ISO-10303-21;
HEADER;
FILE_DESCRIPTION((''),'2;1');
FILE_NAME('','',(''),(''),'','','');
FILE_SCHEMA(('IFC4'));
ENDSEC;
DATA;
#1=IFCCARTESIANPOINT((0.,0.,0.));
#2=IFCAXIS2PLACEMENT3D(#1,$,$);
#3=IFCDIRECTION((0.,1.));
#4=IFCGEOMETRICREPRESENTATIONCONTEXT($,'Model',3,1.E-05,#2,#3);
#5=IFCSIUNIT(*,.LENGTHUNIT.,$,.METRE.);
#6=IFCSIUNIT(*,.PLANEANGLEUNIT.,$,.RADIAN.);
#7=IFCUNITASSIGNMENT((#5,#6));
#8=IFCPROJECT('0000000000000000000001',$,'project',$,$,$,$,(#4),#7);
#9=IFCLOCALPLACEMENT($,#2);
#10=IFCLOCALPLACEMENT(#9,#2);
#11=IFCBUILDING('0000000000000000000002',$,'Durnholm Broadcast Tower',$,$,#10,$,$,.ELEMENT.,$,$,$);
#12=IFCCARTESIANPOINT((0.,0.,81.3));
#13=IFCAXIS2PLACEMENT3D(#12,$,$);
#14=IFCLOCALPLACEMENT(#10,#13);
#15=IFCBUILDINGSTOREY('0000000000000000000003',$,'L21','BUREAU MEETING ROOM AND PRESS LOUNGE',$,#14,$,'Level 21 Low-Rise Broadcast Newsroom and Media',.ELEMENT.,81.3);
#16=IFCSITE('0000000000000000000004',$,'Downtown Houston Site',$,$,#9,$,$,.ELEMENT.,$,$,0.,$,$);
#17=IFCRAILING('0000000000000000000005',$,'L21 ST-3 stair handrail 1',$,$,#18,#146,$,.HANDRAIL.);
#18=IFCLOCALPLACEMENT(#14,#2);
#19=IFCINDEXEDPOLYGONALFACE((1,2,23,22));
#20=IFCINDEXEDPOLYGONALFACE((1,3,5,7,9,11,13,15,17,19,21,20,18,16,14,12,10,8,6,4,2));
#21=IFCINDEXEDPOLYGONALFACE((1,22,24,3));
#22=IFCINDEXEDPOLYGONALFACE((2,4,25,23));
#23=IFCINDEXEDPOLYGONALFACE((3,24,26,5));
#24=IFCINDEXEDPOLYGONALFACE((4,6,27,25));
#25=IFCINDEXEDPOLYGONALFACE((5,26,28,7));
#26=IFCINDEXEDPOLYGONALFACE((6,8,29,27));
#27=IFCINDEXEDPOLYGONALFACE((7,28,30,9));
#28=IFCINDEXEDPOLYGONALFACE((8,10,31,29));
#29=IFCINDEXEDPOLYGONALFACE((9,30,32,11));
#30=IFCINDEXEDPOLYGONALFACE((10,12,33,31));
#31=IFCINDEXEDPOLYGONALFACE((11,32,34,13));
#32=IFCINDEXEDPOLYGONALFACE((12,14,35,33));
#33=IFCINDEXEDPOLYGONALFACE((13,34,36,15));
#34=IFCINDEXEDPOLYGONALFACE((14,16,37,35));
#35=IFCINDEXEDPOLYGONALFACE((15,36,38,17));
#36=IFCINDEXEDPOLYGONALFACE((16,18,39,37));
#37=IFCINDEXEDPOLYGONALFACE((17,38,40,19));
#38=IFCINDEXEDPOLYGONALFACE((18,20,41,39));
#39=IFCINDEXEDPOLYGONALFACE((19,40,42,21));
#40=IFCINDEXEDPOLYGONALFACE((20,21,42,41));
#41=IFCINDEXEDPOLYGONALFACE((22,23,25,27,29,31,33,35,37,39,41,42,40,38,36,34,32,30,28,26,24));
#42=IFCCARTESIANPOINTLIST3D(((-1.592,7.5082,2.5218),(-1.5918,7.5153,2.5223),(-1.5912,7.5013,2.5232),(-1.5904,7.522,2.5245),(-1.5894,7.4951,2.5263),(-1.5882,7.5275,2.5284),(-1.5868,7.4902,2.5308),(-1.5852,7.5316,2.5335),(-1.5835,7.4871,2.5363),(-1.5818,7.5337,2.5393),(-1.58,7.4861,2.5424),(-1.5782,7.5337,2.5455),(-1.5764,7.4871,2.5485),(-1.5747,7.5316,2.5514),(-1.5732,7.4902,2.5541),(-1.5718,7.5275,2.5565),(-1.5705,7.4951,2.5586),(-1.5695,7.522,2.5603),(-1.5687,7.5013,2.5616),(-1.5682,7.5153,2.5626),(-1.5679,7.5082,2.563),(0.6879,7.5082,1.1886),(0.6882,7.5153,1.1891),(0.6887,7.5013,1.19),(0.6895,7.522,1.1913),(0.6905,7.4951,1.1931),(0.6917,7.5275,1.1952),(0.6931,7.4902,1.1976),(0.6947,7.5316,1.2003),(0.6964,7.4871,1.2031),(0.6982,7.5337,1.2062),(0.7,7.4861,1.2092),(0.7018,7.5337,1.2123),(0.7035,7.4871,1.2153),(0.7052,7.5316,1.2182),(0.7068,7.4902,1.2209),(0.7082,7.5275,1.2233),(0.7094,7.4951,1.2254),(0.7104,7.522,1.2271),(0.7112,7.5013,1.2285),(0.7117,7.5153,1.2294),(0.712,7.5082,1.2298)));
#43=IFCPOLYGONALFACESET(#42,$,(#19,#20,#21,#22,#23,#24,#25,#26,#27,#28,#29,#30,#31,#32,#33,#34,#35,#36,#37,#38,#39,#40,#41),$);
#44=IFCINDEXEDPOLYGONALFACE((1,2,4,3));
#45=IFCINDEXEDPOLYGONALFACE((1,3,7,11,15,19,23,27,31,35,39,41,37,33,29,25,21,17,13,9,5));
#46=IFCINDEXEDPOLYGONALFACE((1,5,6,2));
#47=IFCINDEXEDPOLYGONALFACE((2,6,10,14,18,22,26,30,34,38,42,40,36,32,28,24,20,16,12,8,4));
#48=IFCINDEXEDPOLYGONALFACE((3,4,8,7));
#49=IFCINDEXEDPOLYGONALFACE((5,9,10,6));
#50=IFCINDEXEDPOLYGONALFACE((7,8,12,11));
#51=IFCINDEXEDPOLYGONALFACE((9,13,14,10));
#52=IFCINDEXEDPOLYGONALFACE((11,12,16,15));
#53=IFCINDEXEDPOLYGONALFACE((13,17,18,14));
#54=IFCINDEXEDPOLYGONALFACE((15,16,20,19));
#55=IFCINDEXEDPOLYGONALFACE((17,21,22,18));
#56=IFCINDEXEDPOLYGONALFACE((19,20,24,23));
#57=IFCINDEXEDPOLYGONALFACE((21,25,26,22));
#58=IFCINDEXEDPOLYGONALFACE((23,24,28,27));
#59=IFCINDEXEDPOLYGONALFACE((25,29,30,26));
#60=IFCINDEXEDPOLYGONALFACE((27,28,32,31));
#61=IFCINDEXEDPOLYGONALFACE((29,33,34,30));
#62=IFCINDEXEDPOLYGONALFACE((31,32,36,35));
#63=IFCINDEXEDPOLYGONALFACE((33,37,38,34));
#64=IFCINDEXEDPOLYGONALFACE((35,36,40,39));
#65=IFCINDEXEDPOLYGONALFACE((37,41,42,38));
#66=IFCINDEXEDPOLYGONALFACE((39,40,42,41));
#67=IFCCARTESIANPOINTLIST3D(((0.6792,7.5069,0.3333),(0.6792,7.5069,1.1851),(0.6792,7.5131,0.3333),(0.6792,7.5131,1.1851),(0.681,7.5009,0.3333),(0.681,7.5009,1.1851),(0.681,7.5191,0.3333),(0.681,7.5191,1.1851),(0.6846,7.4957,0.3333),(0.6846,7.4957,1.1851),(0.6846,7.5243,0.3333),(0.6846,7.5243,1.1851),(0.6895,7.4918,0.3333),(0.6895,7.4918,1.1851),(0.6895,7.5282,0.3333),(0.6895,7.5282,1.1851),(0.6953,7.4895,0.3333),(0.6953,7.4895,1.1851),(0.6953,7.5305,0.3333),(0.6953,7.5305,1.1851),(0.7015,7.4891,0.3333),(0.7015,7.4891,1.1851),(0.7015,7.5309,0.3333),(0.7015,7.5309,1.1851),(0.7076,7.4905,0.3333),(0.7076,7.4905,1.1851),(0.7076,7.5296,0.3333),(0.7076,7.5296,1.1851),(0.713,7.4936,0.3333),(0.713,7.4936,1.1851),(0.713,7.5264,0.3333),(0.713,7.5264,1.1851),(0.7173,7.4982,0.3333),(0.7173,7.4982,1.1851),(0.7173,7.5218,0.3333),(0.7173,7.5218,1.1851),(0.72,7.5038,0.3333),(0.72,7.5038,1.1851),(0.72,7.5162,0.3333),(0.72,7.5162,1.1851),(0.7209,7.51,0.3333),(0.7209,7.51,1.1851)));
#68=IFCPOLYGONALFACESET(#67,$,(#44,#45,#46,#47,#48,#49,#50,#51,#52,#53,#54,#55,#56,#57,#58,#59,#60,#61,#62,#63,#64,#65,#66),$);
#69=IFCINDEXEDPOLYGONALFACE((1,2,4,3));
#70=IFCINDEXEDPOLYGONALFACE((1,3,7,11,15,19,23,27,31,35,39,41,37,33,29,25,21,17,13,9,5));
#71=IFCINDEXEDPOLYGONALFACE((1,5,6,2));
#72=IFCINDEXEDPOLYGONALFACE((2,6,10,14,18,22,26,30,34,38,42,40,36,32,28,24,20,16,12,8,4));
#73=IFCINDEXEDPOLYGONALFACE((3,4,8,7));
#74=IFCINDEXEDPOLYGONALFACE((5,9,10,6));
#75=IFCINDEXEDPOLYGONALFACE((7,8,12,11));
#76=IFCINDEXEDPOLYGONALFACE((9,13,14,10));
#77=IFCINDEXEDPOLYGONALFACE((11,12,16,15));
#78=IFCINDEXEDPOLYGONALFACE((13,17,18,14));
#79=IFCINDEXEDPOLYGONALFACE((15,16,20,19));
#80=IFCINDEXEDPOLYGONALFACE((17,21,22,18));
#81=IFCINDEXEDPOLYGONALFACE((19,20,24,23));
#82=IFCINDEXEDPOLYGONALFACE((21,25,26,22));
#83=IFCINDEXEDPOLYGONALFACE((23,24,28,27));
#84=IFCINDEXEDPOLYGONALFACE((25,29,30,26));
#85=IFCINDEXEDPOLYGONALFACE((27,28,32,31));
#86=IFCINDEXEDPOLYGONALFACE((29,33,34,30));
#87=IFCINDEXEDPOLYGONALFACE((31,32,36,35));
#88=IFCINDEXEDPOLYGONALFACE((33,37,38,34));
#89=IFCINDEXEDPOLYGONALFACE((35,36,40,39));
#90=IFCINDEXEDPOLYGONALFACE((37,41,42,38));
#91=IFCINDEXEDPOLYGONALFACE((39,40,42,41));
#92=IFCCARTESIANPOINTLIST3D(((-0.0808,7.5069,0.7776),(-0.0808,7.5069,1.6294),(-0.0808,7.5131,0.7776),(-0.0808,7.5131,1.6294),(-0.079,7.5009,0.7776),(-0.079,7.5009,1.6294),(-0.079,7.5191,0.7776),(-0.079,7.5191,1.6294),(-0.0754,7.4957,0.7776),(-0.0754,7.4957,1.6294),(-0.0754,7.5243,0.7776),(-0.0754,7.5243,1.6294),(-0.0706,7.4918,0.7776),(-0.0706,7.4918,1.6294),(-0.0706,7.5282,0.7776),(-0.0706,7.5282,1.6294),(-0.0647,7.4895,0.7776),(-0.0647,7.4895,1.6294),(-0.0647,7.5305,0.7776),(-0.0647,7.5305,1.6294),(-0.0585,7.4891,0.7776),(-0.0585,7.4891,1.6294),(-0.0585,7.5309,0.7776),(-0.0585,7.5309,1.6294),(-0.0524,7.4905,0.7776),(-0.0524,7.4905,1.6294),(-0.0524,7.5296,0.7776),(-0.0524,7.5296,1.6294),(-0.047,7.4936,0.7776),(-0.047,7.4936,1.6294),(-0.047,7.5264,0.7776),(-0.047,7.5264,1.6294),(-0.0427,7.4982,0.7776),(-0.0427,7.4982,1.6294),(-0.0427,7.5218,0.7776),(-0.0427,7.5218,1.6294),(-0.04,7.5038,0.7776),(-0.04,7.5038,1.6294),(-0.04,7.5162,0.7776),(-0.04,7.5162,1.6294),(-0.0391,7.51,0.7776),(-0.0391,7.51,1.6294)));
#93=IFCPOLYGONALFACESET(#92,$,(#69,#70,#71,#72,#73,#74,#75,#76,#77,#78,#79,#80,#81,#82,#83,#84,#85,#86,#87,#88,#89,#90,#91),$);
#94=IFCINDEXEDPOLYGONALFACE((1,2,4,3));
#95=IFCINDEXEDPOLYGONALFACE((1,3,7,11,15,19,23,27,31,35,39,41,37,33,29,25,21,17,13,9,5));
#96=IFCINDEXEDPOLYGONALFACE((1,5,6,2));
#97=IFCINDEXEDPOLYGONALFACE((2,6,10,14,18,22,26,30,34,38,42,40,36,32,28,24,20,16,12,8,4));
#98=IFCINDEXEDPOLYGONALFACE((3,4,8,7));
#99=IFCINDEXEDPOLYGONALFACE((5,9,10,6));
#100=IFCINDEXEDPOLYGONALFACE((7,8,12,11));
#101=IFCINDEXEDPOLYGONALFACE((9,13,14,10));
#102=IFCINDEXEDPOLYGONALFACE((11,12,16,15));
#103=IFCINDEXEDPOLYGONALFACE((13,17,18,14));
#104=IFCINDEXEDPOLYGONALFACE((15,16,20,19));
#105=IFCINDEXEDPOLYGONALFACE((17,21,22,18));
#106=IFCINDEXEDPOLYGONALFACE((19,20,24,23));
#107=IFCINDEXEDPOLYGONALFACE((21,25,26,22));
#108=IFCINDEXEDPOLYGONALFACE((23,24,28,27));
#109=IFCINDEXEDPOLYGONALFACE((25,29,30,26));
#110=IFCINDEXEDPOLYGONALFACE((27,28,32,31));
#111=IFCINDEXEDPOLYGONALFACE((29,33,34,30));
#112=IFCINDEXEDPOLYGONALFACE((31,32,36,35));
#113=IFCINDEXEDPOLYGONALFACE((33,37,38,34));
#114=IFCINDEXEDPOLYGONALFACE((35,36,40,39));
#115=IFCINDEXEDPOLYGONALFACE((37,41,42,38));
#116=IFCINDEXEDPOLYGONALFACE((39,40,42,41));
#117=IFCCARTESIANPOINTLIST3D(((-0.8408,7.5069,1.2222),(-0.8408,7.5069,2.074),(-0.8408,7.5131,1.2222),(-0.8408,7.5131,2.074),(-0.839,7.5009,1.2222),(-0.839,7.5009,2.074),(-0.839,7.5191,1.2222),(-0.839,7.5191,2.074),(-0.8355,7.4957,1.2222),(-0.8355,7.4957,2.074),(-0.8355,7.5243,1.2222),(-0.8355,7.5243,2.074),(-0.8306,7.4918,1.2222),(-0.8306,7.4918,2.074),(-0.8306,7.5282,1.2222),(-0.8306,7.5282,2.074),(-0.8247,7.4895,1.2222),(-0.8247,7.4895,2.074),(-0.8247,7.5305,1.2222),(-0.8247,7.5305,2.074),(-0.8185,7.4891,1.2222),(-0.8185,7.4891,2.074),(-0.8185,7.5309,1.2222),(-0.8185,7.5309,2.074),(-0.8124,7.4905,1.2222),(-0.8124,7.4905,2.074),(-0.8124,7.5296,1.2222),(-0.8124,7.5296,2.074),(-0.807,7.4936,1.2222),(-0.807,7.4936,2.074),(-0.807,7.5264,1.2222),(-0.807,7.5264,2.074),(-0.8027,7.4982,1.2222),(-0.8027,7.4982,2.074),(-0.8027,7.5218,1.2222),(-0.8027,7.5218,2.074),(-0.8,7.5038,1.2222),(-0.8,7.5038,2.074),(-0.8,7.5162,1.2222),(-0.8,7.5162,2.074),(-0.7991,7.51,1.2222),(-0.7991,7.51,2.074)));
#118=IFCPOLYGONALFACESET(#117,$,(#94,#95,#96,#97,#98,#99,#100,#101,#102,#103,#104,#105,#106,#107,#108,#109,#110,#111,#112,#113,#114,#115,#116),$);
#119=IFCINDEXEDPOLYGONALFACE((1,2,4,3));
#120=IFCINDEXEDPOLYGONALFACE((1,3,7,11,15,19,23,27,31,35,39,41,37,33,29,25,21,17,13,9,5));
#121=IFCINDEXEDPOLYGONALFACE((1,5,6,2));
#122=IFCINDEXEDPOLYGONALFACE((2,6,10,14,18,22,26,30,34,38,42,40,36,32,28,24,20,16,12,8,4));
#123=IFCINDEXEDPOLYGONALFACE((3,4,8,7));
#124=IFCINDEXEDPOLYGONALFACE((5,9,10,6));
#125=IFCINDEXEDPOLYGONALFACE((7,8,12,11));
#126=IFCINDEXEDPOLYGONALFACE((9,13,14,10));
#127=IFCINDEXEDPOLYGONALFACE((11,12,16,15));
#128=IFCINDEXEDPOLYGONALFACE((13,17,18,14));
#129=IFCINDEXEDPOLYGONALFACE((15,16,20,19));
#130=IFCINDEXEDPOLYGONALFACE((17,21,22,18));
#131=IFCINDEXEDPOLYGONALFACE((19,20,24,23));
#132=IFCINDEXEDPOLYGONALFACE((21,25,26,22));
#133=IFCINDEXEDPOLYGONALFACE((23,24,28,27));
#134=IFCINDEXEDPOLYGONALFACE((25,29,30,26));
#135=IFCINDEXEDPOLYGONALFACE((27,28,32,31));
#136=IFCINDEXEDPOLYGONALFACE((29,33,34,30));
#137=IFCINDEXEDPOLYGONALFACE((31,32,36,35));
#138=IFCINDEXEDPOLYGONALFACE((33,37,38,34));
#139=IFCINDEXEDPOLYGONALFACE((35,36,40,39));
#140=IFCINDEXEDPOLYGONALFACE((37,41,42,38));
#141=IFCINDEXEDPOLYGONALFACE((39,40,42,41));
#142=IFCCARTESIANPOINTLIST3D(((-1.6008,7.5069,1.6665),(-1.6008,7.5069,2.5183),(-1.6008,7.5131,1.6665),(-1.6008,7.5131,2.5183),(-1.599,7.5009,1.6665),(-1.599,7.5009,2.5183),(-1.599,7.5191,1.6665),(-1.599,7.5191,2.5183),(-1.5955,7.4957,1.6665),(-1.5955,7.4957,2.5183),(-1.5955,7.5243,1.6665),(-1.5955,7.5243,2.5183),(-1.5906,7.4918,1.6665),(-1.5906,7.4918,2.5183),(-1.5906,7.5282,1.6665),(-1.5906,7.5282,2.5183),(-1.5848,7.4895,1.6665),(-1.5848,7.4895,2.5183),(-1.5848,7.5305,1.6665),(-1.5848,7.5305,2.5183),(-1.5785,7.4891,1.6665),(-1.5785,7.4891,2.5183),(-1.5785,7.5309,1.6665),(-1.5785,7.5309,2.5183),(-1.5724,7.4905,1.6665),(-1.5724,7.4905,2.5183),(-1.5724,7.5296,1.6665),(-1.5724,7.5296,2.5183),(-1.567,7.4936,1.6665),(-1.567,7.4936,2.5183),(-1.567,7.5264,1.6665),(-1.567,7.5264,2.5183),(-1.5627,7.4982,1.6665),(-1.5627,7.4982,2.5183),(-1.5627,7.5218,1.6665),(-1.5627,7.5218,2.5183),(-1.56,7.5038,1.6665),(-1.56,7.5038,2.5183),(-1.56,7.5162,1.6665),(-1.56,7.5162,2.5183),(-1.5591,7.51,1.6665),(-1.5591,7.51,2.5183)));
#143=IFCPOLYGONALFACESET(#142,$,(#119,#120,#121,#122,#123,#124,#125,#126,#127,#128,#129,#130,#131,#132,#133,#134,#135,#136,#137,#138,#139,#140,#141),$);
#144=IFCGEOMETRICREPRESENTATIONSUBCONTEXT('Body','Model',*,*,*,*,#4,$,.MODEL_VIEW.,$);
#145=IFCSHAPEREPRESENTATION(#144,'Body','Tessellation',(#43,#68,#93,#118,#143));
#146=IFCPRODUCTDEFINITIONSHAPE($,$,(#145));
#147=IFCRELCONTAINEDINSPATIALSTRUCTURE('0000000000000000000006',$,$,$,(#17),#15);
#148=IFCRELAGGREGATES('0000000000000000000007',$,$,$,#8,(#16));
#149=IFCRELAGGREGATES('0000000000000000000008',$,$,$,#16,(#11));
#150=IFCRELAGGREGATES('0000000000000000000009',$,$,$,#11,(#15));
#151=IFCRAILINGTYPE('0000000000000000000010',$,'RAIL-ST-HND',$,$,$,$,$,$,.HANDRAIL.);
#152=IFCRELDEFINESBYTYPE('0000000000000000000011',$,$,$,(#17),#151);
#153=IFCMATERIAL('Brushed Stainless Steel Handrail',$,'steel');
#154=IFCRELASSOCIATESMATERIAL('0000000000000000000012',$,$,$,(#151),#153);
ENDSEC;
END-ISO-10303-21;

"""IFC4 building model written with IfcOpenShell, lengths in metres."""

from ifc_helpers import new_model, si_unit, direction, frame, origin, origin_2d, place, context, subcontext, project, spatial, circle, extrude, material, type_object, element, save


model = new_model("IFC4")

# Units and contexts
model_context = context("Model", 3, precision=1e-05, world=origin(), true_north=direction((0.0, 1.0)))
body_context = subcontext(model_context, "Body", "Model", "MODEL_VIEW")
ifc_project = project(units=[si_unit("LENGTHUNIT", "METRE"), si_unit("PLANEANGLEUNIT", "RADIAN")], contexts=[model_context])

# Site, building, storey
site_placement = place(None, origin())
site = spatial("IfcSite", under=ifc_project, at=site_placement, Name="Downtown Houston Site", CompositionType="ELEMENT", RefElevation=0.0)
building_placement = place(site_placement, origin())
building = spatial("IfcBuilding", under=site, at=building_placement, Name="Durnholm Broadcast Tower", CompositionType="ELEMENT")
storey_placement = place(building_placement, frame((0.0, 0.0, 81.3)))
storey = spatial("IfcBuildingStorey", under=building, at=storey_placement, Name="L21", Description="BUREAU MEETING ROOM AND PRESS LOUNGE", LongName="Level 21 Low-Rise Broadcast Newsroom and Media", CompositionType="ELEMENT", Elevation=81.3)

# Railing
ifc_material_1 = material(Name="Brushed Stainless Steel Handrail", Category="steel")
railing_type_1 = type_object("IfcRailingType", Name="RAIL-ST-HND", PredefinedType="HANDRAIL", material=ifc_material_1)
railing_1_placement = place(storey_placement, frame((0.7, 7.51, 0.3333)))
element("IfcRailing", 1, at=railing_1_placement, inside=storey, type_object=railing_type_1, Name="L21 ST-3 stair handrail 1", PredefinedType="HANDRAIL", context=body_context, shape_type="SweptSolid", body=[
    extrude(circle(Radius=0.0239, at=origin_2d()), frame((0.0, 0.0, 0.876), z_axis=(-0.863245, 0.0, 0.504785), x_axis=(0.0, -1.0, 0.0)), (0.0, 0.0, 1.0), 2.6411),
    extrude(circle(Radius=0.021, at=origin_2d()), origin(), (0.0, 0.0, 1.0), 0.8518),
    extrude(circle(Radius=0.021, at=origin_2d()), frame((-0.76, 0.0, 0.4443)), (0.0, 0.0, 1.0), 0.8518),
    extrude(circle(Radius=0.021, at=origin_2d()), frame((-1.52, 0.0, 0.8889)), (0.0, 0.0, 1.0), 0.8518),
    extrude(circle(Radius=0.021, at=origin_2d()), frame((-2.28, 0.0, 1.3333)), (0.0, 0.0, 1.0), 0.8518),
])

save(model, "model.ifc")
